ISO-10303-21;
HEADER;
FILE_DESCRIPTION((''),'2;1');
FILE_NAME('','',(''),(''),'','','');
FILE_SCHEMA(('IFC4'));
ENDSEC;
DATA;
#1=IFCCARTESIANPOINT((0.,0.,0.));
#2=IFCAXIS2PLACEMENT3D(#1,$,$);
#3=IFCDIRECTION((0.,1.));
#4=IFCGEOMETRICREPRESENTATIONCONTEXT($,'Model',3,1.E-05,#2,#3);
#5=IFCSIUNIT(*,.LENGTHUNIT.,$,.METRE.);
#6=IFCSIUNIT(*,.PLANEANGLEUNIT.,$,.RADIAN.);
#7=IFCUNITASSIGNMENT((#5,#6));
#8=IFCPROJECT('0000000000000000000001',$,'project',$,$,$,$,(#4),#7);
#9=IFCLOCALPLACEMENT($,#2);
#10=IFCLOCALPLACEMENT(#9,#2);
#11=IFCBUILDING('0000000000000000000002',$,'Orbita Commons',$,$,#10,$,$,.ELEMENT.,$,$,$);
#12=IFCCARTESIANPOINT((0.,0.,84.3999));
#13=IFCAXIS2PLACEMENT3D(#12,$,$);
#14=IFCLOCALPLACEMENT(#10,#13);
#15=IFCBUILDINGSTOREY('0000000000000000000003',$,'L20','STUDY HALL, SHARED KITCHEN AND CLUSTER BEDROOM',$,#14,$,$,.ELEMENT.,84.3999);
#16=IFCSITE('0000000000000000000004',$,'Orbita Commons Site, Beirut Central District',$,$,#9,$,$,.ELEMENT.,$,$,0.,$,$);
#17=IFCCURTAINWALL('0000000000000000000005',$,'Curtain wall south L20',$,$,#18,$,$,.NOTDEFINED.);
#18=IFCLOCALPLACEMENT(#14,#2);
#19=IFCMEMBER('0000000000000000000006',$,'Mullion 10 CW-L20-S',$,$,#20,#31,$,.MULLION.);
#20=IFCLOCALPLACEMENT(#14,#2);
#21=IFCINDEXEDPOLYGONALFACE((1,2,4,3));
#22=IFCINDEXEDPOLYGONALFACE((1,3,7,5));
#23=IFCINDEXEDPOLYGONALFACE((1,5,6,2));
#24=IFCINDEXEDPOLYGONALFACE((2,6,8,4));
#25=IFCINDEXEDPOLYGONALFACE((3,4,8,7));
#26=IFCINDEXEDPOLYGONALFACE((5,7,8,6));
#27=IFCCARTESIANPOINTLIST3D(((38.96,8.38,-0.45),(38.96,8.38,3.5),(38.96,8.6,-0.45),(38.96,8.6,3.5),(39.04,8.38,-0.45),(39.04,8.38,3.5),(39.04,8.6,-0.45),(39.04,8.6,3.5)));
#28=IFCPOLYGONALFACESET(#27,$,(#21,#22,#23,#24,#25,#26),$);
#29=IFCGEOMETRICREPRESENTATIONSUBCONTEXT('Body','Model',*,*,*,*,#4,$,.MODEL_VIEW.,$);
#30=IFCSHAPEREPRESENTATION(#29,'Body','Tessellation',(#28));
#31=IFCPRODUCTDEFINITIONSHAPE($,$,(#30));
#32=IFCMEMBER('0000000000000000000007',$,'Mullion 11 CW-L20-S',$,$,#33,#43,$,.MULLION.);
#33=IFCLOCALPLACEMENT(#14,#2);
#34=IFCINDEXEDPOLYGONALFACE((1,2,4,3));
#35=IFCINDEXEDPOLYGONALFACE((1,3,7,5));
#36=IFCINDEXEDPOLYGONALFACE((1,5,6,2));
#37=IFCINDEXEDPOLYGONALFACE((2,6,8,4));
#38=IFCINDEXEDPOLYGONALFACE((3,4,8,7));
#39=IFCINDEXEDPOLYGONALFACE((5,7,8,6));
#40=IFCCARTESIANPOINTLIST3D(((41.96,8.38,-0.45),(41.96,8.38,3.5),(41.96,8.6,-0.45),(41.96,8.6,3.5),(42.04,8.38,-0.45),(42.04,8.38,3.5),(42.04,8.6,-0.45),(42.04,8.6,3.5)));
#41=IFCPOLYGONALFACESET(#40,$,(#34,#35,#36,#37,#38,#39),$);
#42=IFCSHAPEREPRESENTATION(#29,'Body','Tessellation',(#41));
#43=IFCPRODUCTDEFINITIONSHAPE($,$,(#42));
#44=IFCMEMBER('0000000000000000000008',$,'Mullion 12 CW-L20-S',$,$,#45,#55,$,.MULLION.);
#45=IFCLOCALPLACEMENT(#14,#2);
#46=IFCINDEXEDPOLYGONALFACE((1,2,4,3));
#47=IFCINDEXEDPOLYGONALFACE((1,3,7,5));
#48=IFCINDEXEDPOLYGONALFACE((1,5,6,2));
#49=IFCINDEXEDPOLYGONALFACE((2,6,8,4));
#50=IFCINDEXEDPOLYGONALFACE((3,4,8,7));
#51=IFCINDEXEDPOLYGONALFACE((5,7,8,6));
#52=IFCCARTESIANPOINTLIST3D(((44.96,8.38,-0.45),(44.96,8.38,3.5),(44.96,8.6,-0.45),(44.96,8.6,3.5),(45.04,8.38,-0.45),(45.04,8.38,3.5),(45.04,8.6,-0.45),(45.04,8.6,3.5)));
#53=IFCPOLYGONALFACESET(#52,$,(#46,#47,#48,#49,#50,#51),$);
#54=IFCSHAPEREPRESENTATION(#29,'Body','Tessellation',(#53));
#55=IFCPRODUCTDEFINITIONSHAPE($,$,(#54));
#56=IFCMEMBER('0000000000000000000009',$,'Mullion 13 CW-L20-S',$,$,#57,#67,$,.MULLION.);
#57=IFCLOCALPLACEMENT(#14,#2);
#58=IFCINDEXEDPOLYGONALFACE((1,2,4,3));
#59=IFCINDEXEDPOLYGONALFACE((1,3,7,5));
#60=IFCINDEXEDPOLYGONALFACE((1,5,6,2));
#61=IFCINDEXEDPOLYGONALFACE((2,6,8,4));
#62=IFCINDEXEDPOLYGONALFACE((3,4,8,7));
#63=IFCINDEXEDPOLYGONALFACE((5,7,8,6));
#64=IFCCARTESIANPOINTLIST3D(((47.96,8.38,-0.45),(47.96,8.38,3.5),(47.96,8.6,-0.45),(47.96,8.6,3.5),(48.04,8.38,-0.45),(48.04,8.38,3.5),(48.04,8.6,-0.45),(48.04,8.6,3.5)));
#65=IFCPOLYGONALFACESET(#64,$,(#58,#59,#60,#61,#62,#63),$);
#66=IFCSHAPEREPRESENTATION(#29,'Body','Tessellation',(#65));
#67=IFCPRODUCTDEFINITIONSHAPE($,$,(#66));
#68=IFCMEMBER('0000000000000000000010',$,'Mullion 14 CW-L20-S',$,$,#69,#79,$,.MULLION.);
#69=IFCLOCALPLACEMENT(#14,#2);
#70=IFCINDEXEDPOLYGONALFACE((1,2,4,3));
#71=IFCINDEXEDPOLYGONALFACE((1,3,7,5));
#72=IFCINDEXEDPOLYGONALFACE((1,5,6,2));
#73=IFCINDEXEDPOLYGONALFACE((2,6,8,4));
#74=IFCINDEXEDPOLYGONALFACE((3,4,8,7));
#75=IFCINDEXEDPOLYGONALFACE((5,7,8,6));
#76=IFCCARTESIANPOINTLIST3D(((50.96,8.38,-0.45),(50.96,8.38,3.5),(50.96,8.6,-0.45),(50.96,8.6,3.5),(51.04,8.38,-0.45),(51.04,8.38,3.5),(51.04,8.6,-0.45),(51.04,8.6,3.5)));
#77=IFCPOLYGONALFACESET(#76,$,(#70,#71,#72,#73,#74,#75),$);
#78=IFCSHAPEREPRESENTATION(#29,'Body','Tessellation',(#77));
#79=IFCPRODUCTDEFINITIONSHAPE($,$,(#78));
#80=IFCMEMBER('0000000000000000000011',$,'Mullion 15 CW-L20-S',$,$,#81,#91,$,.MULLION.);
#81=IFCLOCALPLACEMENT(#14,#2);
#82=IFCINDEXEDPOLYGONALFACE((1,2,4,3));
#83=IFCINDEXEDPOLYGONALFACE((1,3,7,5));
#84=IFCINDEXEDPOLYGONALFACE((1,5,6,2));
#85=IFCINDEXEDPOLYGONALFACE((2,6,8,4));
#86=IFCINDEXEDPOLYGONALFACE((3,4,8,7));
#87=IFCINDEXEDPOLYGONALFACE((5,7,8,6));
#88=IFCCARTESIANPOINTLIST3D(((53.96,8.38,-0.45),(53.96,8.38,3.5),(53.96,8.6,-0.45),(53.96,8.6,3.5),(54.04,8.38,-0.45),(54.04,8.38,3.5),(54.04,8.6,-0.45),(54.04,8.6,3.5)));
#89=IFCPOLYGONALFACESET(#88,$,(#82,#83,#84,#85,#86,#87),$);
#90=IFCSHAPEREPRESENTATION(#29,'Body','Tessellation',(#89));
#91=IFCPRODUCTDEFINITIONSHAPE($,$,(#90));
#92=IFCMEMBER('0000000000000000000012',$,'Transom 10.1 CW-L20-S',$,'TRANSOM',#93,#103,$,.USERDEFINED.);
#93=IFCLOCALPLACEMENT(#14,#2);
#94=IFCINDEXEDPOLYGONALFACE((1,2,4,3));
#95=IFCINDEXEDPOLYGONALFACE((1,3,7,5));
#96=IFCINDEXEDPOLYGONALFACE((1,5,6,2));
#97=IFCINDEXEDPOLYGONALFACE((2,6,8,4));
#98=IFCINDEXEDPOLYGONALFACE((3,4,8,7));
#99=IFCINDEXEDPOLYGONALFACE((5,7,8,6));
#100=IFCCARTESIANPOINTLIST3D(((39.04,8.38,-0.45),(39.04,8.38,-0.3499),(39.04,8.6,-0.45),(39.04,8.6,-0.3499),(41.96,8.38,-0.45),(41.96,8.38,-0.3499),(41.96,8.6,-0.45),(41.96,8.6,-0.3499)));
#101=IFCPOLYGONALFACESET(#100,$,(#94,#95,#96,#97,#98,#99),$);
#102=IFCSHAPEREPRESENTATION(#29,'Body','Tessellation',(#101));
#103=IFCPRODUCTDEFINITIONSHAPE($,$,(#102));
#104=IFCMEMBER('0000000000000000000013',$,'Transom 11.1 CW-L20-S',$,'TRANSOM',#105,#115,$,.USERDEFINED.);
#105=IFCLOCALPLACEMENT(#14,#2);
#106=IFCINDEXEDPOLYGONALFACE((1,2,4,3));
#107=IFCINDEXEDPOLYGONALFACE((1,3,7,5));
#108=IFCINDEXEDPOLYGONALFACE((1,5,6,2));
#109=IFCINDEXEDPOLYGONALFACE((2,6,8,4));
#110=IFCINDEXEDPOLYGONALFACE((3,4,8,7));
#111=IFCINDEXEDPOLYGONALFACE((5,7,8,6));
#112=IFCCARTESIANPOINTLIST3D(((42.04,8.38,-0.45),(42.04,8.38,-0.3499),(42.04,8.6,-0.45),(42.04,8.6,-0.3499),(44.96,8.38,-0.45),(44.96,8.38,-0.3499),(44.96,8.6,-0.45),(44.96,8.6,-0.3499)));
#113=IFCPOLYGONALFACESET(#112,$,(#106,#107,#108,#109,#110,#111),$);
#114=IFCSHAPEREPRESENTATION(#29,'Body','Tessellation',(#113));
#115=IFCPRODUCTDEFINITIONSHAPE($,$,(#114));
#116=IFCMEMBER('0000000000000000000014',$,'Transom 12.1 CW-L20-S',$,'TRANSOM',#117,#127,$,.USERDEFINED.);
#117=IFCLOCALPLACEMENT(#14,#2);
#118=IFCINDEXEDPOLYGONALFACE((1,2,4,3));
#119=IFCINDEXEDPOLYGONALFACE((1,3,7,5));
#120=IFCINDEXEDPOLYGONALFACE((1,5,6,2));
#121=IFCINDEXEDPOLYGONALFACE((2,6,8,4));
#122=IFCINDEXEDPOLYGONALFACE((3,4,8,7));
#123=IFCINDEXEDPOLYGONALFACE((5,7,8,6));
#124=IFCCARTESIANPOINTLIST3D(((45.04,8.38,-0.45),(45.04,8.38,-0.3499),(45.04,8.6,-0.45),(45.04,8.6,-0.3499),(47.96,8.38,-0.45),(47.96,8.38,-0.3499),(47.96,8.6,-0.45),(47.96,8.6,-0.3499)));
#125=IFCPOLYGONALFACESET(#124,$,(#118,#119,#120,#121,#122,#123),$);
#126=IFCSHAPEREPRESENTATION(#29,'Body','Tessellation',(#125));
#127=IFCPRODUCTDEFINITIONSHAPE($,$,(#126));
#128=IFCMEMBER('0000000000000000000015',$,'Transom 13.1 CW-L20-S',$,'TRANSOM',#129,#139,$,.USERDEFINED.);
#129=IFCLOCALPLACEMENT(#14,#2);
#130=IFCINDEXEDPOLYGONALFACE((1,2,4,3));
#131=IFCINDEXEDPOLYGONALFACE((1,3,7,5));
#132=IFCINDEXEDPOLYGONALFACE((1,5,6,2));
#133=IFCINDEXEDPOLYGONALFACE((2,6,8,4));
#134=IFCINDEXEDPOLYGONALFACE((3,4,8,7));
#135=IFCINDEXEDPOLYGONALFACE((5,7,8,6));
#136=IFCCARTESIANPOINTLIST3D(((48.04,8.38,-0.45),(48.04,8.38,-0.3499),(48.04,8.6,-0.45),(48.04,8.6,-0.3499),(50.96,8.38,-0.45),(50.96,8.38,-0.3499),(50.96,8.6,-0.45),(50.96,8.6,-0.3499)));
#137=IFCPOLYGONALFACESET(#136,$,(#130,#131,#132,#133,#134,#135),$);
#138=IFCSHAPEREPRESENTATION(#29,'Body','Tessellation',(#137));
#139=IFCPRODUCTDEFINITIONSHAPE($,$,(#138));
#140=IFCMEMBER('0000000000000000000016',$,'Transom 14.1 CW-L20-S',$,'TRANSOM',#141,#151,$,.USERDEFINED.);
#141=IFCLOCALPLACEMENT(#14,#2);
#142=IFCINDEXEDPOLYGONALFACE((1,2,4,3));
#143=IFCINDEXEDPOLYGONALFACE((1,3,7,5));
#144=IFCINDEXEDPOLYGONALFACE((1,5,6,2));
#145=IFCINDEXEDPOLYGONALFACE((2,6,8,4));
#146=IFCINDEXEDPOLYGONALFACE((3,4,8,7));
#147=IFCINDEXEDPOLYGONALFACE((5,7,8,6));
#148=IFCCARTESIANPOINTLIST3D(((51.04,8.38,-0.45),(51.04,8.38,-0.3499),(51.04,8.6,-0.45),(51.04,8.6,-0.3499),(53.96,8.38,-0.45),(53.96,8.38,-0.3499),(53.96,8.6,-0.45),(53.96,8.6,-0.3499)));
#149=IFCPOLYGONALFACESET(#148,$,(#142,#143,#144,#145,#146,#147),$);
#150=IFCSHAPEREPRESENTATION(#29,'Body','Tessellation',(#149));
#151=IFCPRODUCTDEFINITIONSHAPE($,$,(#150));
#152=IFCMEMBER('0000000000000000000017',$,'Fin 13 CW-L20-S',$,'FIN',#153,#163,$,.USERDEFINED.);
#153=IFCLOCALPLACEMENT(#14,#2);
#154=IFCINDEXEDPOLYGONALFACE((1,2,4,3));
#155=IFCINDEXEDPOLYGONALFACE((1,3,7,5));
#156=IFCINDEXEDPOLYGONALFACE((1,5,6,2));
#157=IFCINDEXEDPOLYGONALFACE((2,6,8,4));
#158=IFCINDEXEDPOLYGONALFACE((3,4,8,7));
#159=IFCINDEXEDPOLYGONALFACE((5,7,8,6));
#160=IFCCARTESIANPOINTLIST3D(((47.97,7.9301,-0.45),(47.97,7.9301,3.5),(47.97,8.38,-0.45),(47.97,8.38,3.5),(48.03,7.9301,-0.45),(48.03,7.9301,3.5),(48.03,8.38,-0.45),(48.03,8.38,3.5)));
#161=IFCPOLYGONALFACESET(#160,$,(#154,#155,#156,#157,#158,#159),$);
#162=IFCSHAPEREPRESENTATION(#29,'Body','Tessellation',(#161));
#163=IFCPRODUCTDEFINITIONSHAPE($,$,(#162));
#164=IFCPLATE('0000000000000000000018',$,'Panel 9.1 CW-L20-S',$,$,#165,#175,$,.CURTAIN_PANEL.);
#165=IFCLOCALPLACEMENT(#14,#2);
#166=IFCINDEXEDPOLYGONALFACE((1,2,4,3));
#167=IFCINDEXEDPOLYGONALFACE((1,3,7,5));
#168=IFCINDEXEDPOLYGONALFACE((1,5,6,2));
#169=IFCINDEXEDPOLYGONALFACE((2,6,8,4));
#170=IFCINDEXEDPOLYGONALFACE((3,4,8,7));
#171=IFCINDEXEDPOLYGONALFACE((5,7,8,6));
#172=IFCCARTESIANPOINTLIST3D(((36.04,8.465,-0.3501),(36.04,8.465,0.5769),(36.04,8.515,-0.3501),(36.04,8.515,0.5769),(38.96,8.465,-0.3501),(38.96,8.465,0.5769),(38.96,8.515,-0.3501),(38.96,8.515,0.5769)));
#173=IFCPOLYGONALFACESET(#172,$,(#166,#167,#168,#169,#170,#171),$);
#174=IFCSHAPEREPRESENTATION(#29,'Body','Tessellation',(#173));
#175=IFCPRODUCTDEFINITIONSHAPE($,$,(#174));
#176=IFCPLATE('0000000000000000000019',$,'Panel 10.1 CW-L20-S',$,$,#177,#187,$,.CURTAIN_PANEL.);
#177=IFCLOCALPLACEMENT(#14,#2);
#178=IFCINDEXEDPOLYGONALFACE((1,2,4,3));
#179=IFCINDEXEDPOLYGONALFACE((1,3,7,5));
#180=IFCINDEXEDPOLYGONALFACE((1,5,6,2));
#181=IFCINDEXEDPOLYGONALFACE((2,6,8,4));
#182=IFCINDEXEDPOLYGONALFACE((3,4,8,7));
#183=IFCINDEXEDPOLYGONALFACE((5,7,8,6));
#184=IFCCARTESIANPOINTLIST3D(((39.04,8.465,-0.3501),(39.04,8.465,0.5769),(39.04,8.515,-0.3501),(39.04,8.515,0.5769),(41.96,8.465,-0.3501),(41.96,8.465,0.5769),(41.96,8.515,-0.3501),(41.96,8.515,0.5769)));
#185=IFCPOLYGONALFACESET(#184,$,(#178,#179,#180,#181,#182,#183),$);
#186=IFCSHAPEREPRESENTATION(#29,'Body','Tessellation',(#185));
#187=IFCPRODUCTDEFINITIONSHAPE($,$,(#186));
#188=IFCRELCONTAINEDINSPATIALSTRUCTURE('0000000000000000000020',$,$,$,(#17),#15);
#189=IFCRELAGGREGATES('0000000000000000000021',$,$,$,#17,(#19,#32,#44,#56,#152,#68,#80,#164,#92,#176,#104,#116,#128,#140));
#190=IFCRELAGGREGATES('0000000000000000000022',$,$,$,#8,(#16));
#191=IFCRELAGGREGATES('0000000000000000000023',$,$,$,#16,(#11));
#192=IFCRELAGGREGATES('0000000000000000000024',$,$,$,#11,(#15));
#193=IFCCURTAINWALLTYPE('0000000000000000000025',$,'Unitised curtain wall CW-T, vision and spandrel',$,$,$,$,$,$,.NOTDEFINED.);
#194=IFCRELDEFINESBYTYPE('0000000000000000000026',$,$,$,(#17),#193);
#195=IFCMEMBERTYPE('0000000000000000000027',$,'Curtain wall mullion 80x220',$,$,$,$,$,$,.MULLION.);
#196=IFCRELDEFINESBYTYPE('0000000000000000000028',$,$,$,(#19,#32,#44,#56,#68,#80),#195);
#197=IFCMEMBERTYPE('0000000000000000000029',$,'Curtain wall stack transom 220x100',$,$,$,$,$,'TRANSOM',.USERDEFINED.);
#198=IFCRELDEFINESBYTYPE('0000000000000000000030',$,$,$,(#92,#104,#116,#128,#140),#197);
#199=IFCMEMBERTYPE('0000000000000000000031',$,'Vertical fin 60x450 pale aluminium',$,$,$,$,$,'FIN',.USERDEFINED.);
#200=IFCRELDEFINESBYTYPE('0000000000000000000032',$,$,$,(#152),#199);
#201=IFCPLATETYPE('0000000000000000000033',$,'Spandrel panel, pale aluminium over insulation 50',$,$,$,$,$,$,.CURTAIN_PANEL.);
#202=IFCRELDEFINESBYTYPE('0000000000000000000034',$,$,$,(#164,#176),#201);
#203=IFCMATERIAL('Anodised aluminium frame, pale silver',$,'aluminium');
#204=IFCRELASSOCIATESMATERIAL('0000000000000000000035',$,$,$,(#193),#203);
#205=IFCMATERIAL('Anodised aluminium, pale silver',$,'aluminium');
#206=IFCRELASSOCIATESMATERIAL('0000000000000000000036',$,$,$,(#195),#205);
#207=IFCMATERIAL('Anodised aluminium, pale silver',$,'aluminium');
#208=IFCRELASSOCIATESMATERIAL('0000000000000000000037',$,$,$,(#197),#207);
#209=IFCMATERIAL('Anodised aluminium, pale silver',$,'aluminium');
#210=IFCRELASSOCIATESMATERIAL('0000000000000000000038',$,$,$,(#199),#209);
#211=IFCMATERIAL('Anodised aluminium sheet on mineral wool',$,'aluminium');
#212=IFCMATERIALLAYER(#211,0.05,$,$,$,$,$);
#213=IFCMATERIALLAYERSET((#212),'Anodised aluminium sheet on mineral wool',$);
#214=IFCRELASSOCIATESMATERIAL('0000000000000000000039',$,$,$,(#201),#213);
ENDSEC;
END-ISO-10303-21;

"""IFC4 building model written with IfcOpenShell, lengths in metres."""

from ifc_helpers import new_model, si_unit, direction, frame, origin, origin_2d, place, context, subcontext, project, spatial, rectangle, extrude, material, layer, layer_set, material_profile, profile_set, type_object, element, aggregate, save


model = new_model("IFC4")

# Units and contexts
model_context = context("Model", 3, precision=1e-05, world=origin(), true_north=direction((0.0, 1.0)))
body_context = subcontext(model_context, "Body", "Model", "MODEL_VIEW")
ifc_project = project(units=[si_unit("LENGTHUNIT", "METRE"), si_unit("PLANEANGLEUNIT", "RADIAN")], contexts=[model_context])

# Site, building, storey
site_placement = place(None, origin())
site = spatial("IfcSite", under=ifc_project, at=site_placement, Name="Orbita Commons Site, Beirut Central District", CompositionType="ELEMENT", RefElevation=0.0)
building_placement = place(site_placement, origin())
building = spatial("IfcBuilding", under=site, at=building_placement, Name="Orbita Commons", CompositionType="ELEMENT")
storey_placement = place(building_placement, frame((0.0, 0.0, 84.3999)))
storey = spatial("IfcBuildingStorey", under=building, at=storey_placement, Name="L20", Description="STUDY HALL, SHARED KITCHEN AND CLUSTER BEDROOM", CompositionType="ELEMENT", Elevation=84.3999)

# Curtain wall, members, plates
ifc_material_1 = material(Name="Anodised aluminium frame, pale silver", Category="aluminium")
curtain_wall_type = type_object("IfcCurtainWallType", Name="Unitised curtain wall CW-T, vision and spandrel", PredefinedType="NOTDEFINED", material=ifc_material_1)
curtain_wall_placement = place(storey_placement, origin())
curtain_wall = element("IfcCurtainWall", 1, at=curtain_wall_placement, inside=storey, type_object=curtain_wall_type, Name="Curtain wall south L20", PredefinedType="NOTDEFINED")
ifc_material_2 = material(Name="Anodised aluminium, pale silver", Category="aluminium")
ifc_material_profile_1 = material_profile(ifc_material_2, rectangle(XDim=0.0801, YDim=0.22, at=origin_2d()), Name="AL 80x220")
ifc_profile_set_1 = profile_set([ifc_material_profile_1], Name="Anodised aluminium, pale silver")
member_type_1 = type_object("IfcMemberType", Name="Curtain wall mullion 80x220", PredefinedType="MULLION", material=ifc_profile_set_1)
member_1_placement = place(storey_placement, frame((39.0, 8.49, -0.45), z_axis=(0.0, 0.0, 1.0), x_axis=(1.0, 0.0, 0.0)))
member_1 = element("IfcMember", 2, at=member_1_placement, type_object=member_type_1, Name="Mullion 10 CW-L20-S", PredefinedType="MULLION", context=body_context, shape_type="SweptSolid", body=[
    extrude(rectangle(XDim=0.0801, YDim=0.22, at=origin_2d()), origin(), (0.0, 0.0, 1.0), 3.95),
])
member_2_placement = place(storey_placement, frame((42.0, 8.49, -0.45), z_axis=(0.0, 0.0, 1.0), x_axis=(1.0, 0.0, 0.0)))
member_2 = element("IfcMember", 3, at=member_2_placement, type_object=member_type_1, Name="Mullion 11 CW-L20-S", PredefinedType="MULLION", context=body_context, shape_type="SweptSolid", body=[
    extrude(rectangle(XDim=0.0801, YDim=0.22, at=origin_2d()), origin(), (0.0, 0.0, 1.0), 3.95),
])
member_3_placement = place(storey_placement, frame((45.0, 8.49, -0.45), z_axis=(0.0, 0.0, 1.0), x_axis=(1.0, 0.0, 0.0)))
member_3 = element("IfcMember", 4, at=member_3_placement, type_object=member_type_1, Name="Mullion 12 CW-L20-S", PredefinedType="MULLION", context=body_context, shape_type="SweptSolid", body=[
    extrude(rectangle(XDim=0.0801, YDim=0.22, at=origin_2d()), origin(), (0.0, 0.0, 1.0), 3.95),
])
member_4_placement = place(storey_placement, frame((48.0, 8.49, -0.45), z_axis=(0.0, 0.0, 1.0), x_axis=(1.0, 0.0, 0.0)))
member_4 = element("IfcMember", 5, at=member_4_placement, type_object=member_type_1, Name="Mullion 13 CW-L20-S", PredefinedType="MULLION", context=body_context, shape_type="SweptSolid", body=[
    extrude(rectangle(XDim=0.0801, YDim=0.22, at=origin_2d()), origin(), (0.0, 0.0, 1.0), 3.95),
])
member_5_placement = place(storey_placement, frame((51.0, 8.49, -0.45), z_axis=(0.0, 0.0, 1.0), x_axis=(1.0, 0.0, 0.0)))
member_5 = element("IfcMember", 6, at=member_5_placement, type_object=member_type_1, Name="Mullion 14 CW-L20-S", PredefinedType="MULLION", context=body_context, shape_type="SweptSolid", body=[
    extrude(rectangle(XDim=0.0801, YDim=0.22, at=origin_2d()), origin(), (0.0, 0.0, 1.0), 3.95),
])
member_6_placement = place(storey_placement, frame((54.0, 8.49, -0.45), z_axis=(0.0, 0.0, 1.0), x_axis=(1.0, 0.0, 0.0)))
member_6 = element("IfcMember", 7, at=member_6_placement, type_object=member_type_1, Name="Mullion 15 CW-L20-S", PredefinedType="MULLION", context=body_context, shape_type="SweptSolid", body=[
    extrude(rectangle(XDim=0.0801, YDim=0.22, at=origin_2d()), origin(), (0.0, 0.0, 1.0), 3.95),
])
ifc_material_3 = material(Name="Anodised aluminium, pale silver", Category="aluminium")
ifc_material_profile_2 = material_profile(ifc_material_3, rectangle(XDim=0.22, YDim=0.1001, at=origin_2d()), Name="AL 220x100")
ifc_profile_set_2 = profile_set([ifc_material_profile_2], Name="Anodised aluminium, pale silver")
member_type_2 = type_object("IfcMemberType", Name="Curtain wall stack transom 220x100", ElementType="TRANSOM", PredefinedType="USERDEFINED", material=ifc_profile_set_2)
member_7_placement = place(storey_placement, frame((39.04, 8.49, -0.3999), z_axis=(1.0, 0.0, 0.0), x_axis=(0.0, 1.0, 0.0)))
member_7 = element("IfcMember", 8, at=member_7_placement, type_object=member_type_2, Name="Transom 10.1 CW-L20-S", ObjectType="TRANSOM", PredefinedType="USERDEFINED", context=body_context, shape_type="SweptSolid", body=[
    extrude(rectangle(XDim=0.22, YDim=0.1001, at=origin_2d()), origin(), (0.0, 0.0, 1.0), 2.9199),
])
member_8_placement = place(storey_placement, frame((42.04, 8.49, -0.3999), z_axis=(1.0, 0.0, 0.0), x_axis=(0.0, 1.0, 0.0)))
member_8 = element("IfcMember", 9, at=member_8_placement, type_object=member_type_2, Name="Transom 11.1 CW-L20-S", ObjectType="TRANSOM", PredefinedType="USERDEFINED", context=body_context, shape_type="SweptSolid", body=[
    extrude(rectangle(XDim=0.22, YDim=0.1001, at=origin_2d()), origin(), (0.0, 0.0, 1.0), 2.9199),
])
member_9_placement = place(storey_placement, frame((45.04, 8.49, -0.3999), z_axis=(1.0, 0.0, 0.0), x_axis=(0.0, 1.0, 0.0)))
member_9 = element("IfcMember", 10, at=member_9_placement, type_object=member_type_2, Name="Transom 12.1 CW-L20-S", ObjectType="TRANSOM", PredefinedType="USERDEFINED", context=body_context, shape_type="SweptSolid", body=[
    extrude(rectangle(XDim=0.22, YDim=0.1001, at=origin_2d()), origin(), (0.0, 0.0, 1.0), 2.9199),
])
member_10_placement = place(storey_placement, frame((48.04, 8.49, -0.3999), z_axis=(1.0, 0.0, 0.0), x_axis=(0.0, 1.0, 0.0)))
member_10 = element("IfcMember", 11, at=member_10_placement, type_object=member_type_2, Name="Transom 13.1 CW-L20-S", ObjectType="TRANSOM", PredefinedType="USERDEFINED", context=body_context, shape_type="SweptSolid", body=[
    extrude(rectangle(XDim=0.22, YDim=0.1001, at=origin_2d()), origin(), (0.0, 0.0, 1.0), 2.9199),
])
member_11_placement = place(storey_placement, frame((51.04, 8.49, -0.3999), z_axis=(1.0, 0.0, 0.0), x_axis=(0.0, 1.0, 0.0)))
member_11 = element("IfcMember", 12, at=member_11_placement, type_object=member_type_2, Name="Transom 14.1 CW-L20-S", ObjectType="TRANSOM", PredefinedType="USERDEFINED", context=body_context, shape_type="SweptSolid", body=[
    extrude(rectangle(XDim=0.22, YDim=0.1001, at=origin_2d()), origin(), (0.0, 0.0, 1.0), 2.9199),
])
ifc_material_4 = material(Name="Anodised aluminium, pale silver", Category="aluminium")
ifc_material_profile_3 = material_profile(ifc_material_4, rectangle(XDim=0.0601, YDim=0.45, at=origin_2d()), Name="FIN 60x450")
ifc_profile_set_3 = profile_set([ifc_material_profile_3], Name="Anodised aluminium, pale silver")
member_type_3 = type_object("IfcMemberType", Name="Vertical fin 60x450 pale aluminium", ElementType="FIN", PredefinedType="USERDEFINED", material=ifc_profile_set_3)
member_12_placement = place(storey_placement, frame((48.0, 8.155, -0.45), z_axis=(0.0, 0.0, 1.0), x_axis=(1.0, 0.0, 0.0)))
member_12 = element("IfcMember", 13, at=member_12_placement, type_object=member_type_3, Name="Fin 13 CW-L20-S", ObjectType="FIN", PredefinedType="USERDEFINED", context=body_context, shape_type="SweptSolid", body=[
    extrude(rectangle(XDim=0.0601, YDim=0.45, at=origin_2d()), origin(), (0.0, 0.0, 1.0), 3.95),
])
ifc_material_5 = material(Name="Anodised aluminium sheet on mineral wool", Category="aluminium")
ifc_layer_1 = layer(ifc_material_5, 0.05)
ifc_layer_set_1 = layer_set([ifc_layer_1], Name="Anodised aluminium sheet on mineral wool")
plate_type_1 = type_object("IfcPlateType", Name="Spandrel panel, pale aluminium over insulation 50", PredefinedType="CURTAIN_PANEL", material=ifc_layer_set_1)
plate_1_placement = place(storey_placement, frame((37.5, 8.49, -0.3501), z_axis=(0.0, 0.0, 1.0), x_axis=(1.0, 0.0, 0.0)))
plate_1 = element("IfcPlate", 14, at=plate_1_placement, type_object=plate_type_1, Name="Panel 9.1 CW-L20-S", PredefinedType="CURTAIN_PANEL", context=body_context, shape_type="SweptSolid", body=[
    extrude(rectangle(XDim=2.9199, YDim=0.05, at=origin_2d()), origin(), (0.0, 0.0, 1.0), 0.927),
])
plate_2_placement = place(storey_placement, frame((40.5, 8.49, -0.3501), z_axis=(0.0, 0.0, 1.0), x_axis=(1.0, 0.0, 0.0)))
plate_2 = element("IfcPlate", 15, at=plate_2_placement, type_object=plate_type_1, Name="Panel 10.1 CW-L20-S", PredefinedType="CURTAIN_PANEL", context=body_context, shape_type="SweptSolid", body=[
    extrude(rectangle(XDim=2.9199, YDim=0.05, at=origin_2d()), origin(), (0.0, 0.0, 1.0), 0.927),
])
aggregate(curtain_wall, [member_1, member_2, member_3, member_4, member_12, member_5, member_6, plate_1, member_7, plate_2, member_8, member_9, member_10, member_11])

save(model, "model.ifc")
